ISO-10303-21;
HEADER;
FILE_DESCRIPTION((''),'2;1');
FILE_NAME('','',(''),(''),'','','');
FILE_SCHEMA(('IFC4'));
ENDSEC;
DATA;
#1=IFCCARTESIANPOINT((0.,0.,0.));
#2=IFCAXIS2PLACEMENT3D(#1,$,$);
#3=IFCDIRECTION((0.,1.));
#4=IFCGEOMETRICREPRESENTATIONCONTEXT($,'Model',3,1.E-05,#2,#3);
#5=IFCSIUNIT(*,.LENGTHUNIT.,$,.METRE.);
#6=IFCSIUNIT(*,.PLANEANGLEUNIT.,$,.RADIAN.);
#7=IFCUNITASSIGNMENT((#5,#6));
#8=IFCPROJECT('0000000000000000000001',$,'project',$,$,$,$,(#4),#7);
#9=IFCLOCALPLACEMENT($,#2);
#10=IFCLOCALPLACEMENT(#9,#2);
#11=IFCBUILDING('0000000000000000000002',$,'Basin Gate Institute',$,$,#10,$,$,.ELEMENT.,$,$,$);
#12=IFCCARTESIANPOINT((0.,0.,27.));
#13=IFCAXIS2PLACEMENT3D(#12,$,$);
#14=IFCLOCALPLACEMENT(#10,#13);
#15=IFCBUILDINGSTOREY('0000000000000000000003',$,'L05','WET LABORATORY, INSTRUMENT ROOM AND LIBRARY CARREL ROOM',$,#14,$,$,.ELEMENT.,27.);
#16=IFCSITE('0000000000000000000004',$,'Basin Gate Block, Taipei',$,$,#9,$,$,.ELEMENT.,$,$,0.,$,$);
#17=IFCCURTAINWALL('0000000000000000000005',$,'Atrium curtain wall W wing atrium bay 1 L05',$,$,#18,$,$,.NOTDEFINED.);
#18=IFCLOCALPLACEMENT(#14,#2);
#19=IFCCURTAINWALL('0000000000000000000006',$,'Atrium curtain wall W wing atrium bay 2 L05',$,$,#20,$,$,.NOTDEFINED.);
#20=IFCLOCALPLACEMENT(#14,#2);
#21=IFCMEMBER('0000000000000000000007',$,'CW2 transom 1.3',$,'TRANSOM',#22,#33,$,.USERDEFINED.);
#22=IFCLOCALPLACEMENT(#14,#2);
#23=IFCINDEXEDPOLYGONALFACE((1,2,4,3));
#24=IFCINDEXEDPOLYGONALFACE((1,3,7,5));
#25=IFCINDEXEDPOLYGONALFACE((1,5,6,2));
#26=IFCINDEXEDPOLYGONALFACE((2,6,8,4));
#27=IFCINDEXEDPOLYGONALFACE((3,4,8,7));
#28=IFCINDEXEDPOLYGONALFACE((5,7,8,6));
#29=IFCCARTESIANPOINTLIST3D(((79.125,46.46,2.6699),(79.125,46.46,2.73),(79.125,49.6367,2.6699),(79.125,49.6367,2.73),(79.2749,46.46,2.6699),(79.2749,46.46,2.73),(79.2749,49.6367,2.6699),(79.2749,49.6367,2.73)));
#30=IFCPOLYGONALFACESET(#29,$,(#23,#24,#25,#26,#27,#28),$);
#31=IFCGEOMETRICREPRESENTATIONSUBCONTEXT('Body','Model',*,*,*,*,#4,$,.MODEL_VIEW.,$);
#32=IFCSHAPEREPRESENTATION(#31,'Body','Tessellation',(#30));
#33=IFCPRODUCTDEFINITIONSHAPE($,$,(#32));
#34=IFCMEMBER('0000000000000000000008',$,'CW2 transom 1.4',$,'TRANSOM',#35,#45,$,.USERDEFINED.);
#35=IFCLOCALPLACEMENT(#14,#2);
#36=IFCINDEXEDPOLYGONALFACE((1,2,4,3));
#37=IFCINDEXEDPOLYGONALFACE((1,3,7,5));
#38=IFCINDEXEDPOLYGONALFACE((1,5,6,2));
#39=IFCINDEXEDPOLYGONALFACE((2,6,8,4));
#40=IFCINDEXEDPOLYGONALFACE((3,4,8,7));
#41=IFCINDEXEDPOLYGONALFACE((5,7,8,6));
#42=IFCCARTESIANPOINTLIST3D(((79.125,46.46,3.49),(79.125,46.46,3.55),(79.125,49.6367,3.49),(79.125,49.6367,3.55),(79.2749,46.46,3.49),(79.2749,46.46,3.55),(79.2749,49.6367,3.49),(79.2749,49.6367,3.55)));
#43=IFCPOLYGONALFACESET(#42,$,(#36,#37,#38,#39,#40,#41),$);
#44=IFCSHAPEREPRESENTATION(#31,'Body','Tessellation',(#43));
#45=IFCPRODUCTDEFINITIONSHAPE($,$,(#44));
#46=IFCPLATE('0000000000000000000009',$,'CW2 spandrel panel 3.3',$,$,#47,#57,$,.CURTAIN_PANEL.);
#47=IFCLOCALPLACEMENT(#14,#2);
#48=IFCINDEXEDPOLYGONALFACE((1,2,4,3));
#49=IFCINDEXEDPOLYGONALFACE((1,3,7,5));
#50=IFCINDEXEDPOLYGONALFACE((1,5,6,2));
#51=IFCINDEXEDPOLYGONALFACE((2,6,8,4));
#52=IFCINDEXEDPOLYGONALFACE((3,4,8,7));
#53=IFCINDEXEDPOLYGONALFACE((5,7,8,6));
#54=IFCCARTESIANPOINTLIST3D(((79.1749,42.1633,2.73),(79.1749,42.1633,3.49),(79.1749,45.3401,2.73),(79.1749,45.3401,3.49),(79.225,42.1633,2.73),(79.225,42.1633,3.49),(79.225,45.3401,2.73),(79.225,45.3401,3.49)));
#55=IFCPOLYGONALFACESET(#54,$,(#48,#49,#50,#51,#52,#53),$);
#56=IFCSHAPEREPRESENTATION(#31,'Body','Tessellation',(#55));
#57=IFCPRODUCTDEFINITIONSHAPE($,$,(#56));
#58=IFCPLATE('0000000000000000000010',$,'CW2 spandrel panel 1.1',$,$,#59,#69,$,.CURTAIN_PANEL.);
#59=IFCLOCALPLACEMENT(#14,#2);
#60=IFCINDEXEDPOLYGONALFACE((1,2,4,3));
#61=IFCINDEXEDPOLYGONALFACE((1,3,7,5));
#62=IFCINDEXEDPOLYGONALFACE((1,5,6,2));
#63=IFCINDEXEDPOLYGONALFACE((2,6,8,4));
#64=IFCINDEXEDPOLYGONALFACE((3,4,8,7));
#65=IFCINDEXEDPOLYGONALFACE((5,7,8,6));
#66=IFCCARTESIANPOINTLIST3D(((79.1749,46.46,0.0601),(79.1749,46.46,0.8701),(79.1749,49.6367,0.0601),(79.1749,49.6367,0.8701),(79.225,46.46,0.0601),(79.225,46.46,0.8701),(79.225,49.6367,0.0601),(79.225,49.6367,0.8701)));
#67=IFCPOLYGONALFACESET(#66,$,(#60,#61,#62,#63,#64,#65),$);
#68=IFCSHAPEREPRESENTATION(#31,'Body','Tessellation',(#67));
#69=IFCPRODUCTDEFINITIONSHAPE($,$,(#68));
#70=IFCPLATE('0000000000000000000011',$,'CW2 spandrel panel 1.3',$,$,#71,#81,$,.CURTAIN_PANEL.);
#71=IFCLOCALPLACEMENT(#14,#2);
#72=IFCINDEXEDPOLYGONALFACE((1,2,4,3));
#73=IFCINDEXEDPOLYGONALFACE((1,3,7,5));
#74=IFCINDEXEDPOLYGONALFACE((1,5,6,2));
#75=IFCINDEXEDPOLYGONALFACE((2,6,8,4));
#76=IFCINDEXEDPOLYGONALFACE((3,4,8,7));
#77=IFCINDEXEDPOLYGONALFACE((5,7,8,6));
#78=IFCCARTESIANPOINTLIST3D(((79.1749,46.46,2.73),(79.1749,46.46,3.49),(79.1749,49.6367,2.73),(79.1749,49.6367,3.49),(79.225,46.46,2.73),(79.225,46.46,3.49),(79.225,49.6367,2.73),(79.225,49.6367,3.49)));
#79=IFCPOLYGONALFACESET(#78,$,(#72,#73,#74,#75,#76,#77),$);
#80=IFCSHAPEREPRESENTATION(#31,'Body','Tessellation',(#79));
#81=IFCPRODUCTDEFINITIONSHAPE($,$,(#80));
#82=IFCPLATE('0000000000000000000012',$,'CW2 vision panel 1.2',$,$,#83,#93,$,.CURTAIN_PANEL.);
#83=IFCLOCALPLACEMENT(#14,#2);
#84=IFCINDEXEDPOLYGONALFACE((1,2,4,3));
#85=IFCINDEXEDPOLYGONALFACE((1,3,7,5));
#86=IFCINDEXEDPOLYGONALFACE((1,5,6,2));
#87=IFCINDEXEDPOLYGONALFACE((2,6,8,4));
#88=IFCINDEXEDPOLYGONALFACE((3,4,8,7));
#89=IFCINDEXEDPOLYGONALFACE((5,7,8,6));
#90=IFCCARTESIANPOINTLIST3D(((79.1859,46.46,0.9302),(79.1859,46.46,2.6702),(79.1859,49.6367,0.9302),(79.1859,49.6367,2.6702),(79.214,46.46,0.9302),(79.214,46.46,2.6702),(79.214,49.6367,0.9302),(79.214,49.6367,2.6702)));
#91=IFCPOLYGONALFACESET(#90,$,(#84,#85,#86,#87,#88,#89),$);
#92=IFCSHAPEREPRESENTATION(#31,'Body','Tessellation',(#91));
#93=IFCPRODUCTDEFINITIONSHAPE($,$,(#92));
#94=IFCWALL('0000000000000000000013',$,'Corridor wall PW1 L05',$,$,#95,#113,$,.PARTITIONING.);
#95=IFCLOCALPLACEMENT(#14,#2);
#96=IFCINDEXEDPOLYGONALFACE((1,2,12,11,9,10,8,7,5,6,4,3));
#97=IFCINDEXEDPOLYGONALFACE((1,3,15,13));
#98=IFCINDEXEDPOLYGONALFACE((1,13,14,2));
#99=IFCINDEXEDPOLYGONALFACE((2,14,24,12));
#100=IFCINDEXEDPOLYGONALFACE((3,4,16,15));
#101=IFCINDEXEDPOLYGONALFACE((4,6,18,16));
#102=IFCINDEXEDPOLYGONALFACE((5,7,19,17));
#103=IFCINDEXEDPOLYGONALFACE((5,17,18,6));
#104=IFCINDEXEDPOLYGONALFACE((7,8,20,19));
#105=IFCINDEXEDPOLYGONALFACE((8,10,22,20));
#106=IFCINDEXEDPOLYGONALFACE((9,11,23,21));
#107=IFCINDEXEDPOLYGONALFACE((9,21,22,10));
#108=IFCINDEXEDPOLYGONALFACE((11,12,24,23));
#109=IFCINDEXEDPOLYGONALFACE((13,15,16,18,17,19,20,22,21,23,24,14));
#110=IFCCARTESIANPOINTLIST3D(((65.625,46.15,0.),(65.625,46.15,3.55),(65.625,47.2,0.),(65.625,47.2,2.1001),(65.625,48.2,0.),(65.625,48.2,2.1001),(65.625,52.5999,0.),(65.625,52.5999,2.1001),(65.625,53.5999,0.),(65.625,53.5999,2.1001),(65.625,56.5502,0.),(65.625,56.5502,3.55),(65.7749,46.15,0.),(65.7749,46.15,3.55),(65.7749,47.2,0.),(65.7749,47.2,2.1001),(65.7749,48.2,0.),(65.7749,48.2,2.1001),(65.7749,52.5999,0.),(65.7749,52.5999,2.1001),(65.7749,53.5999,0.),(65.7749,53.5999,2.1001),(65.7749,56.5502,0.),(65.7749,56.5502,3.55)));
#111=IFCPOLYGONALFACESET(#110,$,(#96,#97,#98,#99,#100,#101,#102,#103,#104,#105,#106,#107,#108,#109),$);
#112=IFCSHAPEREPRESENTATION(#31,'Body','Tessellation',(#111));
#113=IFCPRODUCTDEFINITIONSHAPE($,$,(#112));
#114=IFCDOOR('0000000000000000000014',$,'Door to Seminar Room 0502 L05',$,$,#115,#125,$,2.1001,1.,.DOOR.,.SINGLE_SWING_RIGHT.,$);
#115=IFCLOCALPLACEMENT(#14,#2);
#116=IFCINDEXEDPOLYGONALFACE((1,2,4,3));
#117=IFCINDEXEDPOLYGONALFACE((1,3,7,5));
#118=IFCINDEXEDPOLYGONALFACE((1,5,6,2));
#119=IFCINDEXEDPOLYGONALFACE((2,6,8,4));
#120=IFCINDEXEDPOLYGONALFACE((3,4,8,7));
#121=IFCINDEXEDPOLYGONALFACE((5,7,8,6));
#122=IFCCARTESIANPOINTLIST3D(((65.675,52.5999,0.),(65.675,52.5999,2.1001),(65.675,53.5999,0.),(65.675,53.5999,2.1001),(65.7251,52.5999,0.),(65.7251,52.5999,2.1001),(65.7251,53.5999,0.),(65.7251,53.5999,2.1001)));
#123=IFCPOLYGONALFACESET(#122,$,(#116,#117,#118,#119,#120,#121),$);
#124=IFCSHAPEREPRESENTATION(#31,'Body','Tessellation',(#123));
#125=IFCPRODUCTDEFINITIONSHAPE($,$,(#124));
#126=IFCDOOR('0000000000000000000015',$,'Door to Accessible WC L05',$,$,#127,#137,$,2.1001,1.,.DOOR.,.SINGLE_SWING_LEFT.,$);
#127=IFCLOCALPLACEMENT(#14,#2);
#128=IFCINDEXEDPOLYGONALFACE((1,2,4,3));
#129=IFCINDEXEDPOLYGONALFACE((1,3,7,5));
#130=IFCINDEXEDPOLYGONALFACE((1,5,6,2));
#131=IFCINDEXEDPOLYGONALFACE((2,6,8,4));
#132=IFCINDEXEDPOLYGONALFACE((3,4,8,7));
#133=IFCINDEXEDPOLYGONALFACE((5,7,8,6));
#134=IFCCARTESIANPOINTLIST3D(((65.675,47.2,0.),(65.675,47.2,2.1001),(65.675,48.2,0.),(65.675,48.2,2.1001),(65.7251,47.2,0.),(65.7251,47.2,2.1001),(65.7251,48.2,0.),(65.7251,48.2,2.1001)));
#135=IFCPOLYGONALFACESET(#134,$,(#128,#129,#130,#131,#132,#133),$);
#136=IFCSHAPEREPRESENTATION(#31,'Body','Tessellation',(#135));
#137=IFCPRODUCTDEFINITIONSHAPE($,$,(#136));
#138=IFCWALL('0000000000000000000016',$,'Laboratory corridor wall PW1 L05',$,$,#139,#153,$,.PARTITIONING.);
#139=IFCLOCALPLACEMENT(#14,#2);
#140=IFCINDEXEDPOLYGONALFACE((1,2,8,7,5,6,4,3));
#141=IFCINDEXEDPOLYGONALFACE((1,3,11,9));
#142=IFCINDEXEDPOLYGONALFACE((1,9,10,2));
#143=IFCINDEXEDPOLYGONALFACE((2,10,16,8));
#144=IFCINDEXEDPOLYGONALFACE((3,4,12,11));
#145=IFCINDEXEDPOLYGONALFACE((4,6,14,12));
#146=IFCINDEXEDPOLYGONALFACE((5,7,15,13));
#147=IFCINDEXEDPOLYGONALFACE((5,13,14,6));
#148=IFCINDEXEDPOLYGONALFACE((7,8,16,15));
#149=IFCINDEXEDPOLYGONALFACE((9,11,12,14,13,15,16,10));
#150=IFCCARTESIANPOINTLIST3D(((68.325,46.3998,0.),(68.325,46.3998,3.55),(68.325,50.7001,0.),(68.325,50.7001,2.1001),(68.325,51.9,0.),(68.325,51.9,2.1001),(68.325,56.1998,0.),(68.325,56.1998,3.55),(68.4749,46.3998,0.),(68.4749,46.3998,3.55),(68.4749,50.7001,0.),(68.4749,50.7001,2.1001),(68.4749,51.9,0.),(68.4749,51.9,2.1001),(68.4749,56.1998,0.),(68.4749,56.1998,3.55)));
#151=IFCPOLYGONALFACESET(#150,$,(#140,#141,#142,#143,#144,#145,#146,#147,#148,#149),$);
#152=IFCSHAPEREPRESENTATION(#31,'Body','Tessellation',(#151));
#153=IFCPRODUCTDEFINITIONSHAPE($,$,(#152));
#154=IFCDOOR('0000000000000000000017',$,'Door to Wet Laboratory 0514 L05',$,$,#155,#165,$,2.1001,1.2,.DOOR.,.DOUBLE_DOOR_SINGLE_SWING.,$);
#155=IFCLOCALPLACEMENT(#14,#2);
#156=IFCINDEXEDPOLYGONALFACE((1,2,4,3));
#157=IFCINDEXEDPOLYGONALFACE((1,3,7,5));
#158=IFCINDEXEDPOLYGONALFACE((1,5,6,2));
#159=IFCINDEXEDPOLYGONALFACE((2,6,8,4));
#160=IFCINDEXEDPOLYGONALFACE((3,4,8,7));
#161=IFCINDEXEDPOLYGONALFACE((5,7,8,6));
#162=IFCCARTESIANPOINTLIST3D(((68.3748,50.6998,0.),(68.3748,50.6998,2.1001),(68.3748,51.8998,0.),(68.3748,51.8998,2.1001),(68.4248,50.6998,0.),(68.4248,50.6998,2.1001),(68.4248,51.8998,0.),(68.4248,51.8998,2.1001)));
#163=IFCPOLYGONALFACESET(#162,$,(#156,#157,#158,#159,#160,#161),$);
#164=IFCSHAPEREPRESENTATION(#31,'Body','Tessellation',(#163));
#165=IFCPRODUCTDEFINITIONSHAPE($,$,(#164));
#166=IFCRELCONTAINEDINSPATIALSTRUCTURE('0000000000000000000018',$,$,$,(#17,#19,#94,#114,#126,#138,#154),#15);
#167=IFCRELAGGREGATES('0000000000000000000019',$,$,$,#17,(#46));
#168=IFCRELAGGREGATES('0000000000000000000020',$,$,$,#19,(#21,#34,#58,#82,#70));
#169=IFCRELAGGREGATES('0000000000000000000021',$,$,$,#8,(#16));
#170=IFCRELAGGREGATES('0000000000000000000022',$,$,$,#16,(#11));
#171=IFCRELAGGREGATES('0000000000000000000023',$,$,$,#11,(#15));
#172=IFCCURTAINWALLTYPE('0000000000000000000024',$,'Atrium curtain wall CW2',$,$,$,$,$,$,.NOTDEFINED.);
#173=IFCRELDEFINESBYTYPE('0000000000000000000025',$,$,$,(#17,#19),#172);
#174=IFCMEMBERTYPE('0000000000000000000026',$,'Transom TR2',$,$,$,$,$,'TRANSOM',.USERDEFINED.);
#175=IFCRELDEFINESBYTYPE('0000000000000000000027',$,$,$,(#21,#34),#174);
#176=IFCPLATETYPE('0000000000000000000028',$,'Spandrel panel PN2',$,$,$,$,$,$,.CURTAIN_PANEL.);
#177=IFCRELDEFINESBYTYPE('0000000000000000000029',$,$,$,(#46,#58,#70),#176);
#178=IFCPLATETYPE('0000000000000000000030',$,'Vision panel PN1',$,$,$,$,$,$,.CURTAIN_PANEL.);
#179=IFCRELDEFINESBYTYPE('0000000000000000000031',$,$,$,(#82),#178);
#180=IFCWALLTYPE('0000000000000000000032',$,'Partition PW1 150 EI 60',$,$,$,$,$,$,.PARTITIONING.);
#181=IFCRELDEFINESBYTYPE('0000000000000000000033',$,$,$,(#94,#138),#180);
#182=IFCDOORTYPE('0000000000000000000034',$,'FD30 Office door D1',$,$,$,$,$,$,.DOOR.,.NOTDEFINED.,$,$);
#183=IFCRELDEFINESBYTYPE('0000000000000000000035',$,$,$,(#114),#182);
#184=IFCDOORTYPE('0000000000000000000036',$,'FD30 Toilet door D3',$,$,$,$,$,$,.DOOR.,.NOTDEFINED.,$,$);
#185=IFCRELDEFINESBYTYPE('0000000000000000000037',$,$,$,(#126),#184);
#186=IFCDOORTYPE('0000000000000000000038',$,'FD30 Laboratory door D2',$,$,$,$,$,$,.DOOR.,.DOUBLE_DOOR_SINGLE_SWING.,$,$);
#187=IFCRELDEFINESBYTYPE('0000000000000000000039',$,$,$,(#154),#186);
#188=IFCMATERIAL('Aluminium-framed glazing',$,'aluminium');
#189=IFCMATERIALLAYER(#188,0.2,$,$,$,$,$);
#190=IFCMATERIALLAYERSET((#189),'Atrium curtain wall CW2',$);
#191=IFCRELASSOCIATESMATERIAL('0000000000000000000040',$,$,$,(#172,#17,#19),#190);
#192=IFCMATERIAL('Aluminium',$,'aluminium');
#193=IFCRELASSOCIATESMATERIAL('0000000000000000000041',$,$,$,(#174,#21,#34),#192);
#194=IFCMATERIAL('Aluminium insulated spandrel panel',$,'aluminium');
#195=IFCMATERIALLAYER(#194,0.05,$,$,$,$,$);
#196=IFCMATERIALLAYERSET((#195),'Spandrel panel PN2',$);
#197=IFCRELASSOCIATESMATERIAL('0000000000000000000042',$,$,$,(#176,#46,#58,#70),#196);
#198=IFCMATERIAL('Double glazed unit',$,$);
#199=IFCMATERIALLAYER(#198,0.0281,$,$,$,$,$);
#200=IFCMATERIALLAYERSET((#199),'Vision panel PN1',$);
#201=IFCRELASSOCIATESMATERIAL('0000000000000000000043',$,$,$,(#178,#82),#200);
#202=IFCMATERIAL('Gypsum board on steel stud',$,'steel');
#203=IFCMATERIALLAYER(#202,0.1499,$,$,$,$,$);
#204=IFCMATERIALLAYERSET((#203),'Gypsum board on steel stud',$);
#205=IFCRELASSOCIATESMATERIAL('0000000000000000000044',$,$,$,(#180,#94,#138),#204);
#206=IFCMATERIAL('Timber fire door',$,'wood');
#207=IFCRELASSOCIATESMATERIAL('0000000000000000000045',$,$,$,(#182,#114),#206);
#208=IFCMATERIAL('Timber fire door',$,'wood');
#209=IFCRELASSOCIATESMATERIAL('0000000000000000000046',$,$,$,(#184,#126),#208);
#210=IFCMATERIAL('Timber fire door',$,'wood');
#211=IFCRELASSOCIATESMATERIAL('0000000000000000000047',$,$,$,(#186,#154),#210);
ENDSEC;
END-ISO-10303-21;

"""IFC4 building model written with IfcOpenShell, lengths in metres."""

from ifc_helpers import new_model, si_unit, direction, frame, frame_2d, origin, origin_2d, place, context, subcontext, project, spatial, rectangle, extrude, material, layer, layer_set, material_profile, profile_set, type_object, element, fill, aggregate, save


model = new_model("IFC4")

# Units and contexts
model_context = context("Model", 3, precision=1e-05, world=origin(), true_north=direction((0.0, 1.0)))
body_context = subcontext(model_context, "Body", "Model", "MODEL_VIEW")
ifc_project = project(units=[si_unit("LENGTHUNIT", "METRE"), si_unit("PLANEANGLEUNIT", "RADIAN")], contexts=[model_context])

# Site, building, storey
site_placement = place(None, origin())
site = spatial("IfcSite", under=ifc_project, at=site_placement, Name="Basin Gate Block, Taipei", CompositionType="ELEMENT", RefElevation=0.0)
building_placement = place(site_placement, origin())
building = spatial("IfcBuilding", under=site, at=building_placement, Name="Basin Gate Institute", CompositionType="ELEMENT")
storey_placement = place(building_placement, frame((0.0, 0.0, 27.0)))
storey = spatial("IfcBuildingStorey", under=building, at=storey_placement, Name="L05", Description="WET LABORATORY, INSTRUMENT ROOM AND LIBRARY CARREL ROOM", CompositionType="ELEMENT", Elevation=27.0)

# Curtain wall
ifc_material_1 = material(Name="Aluminium-framed glazing", Category="aluminium")
ifc_layer_1 = layer(ifc_material_1, 0.2)
ifc_layer_set_1 = layer_set([ifc_layer_1], Name="Atrium curtain wall CW2")
curtain_wall_type = type_object("IfcCurtainWallType", Name="Atrium curtain wall CW2", PredefinedType="NOTDEFINED", material=ifc_layer_set_1)
curtain_wall_1_placement = place(storey_placement, origin())
curtain_wall_1 = element("IfcCurtainWall", 1, at=curtain_wall_1_placement, inside=storey, type_object=curtain_wall_type, material=ifc_layer_set_1, Name="Atrium curtain wall W wing atrium bay 1 L05", PredefinedType="NOTDEFINED")

# Curtain wall
curtain_wall_2_placement = place(storey_placement, origin())
curtain_wall_2 = element("IfcCurtainWall", 2, at=curtain_wall_2_placement, inside=storey, type_object=curtain_wall_type, material=ifc_layer_set_1, Name="Atrium curtain wall W wing atrium bay 2 L05", PredefinedType="NOTDEFINED")

# Members
ifc_material_2 = material(Name="Aluminium", Category="aluminium")
ifc_material_profile_1 = material_profile(ifc_material_2, rectangle(XDim=0.1499, YDim=0.0601, at=origin_2d()), Name="Transom TR2 150 x 60")
ifc_profile_set_1 = profile_set([ifc_material_profile_1], Name="Aluminium")
member_type_1 = type_object("IfcMemberType", Name="Transom TR2", ElementType="TRANSOM", PredefinedType="USERDEFINED", material=ifc_profile_set_1)
member_1_placement = place(storey_placement, frame((79.2, 46.46, 2.7), z_axis=(0.0, 1.0, 0.0), x_axis=(-1.0, 0.0, 0.0)))
member_1 = element("IfcMember", 3, at=member_1_placement, type_object=member_type_1, material=ifc_profile_set_1, Name="CW2 transom 1.3", ObjectType="TRANSOM", PredefinedType="USERDEFINED", context=body_context, shape_type="SweptSolid", body=[
    extrude(rectangle(XDim=0.1499, YDim=0.0601, at=origin_2d()), origin(), (0.0, 0.0, 1.0), 3.1768),
])
member_2_placement = place(storey_placement, frame((79.2, 46.46, 3.52), z_axis=(0.0, 1.0, 0.0), x_axis=(-1.0, 0.0, 0.0)))
member_2 = element("IfcMember", 4, at=member_2_placement, type_object=member_type_1, material=ifc_profile_set_1, Name="CW2 transom 1.4", ObjectType="TRANSOM", PredefinedType="USERDEFINED", context=body_context, shape_type="SweptSolid", body=[
    extrude(rectangle(XDim=0.1499, YDim=0.0601, at=origin_2d()), origin(), (0.0, 0.0, 1.0), 3.1768),
])

# Plates
ifc_material_3 = material(Name="Aluminium insulated spandrel panel", Category="aluminium")
ifc_layer_2 = layer(ifc_material_3, 0.05)
ifc_layer_set_2 = layer_set([ifc_layer_2], Name="Spandrel panel PN2")
plate_type_1 = type_object("IfcPlateType", Name="Spandrel panel PN2", PredefinedType="CURTAIN_PANEL", material=ifc_layer_set_2)
plate_1_placement = place(storey_placement, frame((79.2, 43.7517, 2.73), z_axis=(0.0, 0.0, 1.0), x_axis=(0.0, 1.0, 0.0)))
plate_1 = element("IfcPlate", 5, at=plate_1_placement, type_object=plate_type_1, material=ifc_layer_set_2, Name="CW2 spandrel panel 3.3", PredefinedType="CURTAIN_PANEL", context=body_context, shape_type="SweptSolid", body=[
    extrude(rectangle(XDim=3.1768, YDim=0.05, at=origin_2d()), origin(), (0.0, 0.0, 1.0), 0.76),
])
aggregate(curtain_wall_1, [plate_1])
plate_2_placement = place(storey_placement, frame((79.2, 48.0483, 0.0601), z_axis=(0.0, 0.0, 1.0), x_axis=(0.0, 1.0, 0.0)))
plate_2 = element("IfcPlate", 6, at=plate_2_placement, type_object=plate_type_1, material=ifc_layer_set_2, Name="CW2 spandrel panel 1.1", PredefinedType="CURTAIN_PANEL", context=body_context, shape_type="SweptSolid", body=[
    extrude(rectangle(XDim=3.1768, YDim=0.05, at=origin_2d()), origin(), (0.0, 0.0, 1.0), 0.8101),
])
plate_3_placement = place(storey_placement, frame((79.2, 48.0483, 2.73), z_axis=(0.0, 0.0, 1.0), x_axis=(0.0, 1.0, 0.0)))
plate_3 = element("IfcPlate", 7, at=plate_3_placement, type_object=plate_type_1, material=ifc_layer_set_2, Name="CW2 spandrel panel 1.3", PredefinedType="CURTAIN_PANEL", context=body_context, shape_type="SweptSolid", body=[
    extrude(rectangle(XDim=3.1768, YDim=0.05, at=origin_2d()), origin(), (0.0, 0.0, 1.0), 0.76),
])
ifc_material_4 = material(Name="Double glazed unit")
ifc_layer_3 = layer(ifc_material_4, 0.0281)
ifc_layer_set_3 = layer_set([ifc_layer_3], Name="Vision panel PN1")
plate_type_2 = type_object("IfcPlateType", Name="Vision panel PN1", PredefinedType="CURTAIN_PANEL", material=ifc_layer_set_3)
plate_4_placement = place(storey_placement, frame((79.2, 48.0483, 0.9302), z_axis=(0.0, 0.0, 1.0), x_axis=(0.0, 1.0, 0.0)))
plate_4 = element("IfcPlate", 8, at=plate_4_placement, type_object=plate_type_2, material=ifc_layer_set_3, Name="CW2 vision panel 1.2", PredefinedType="CURTAIN_PANEL", context=body_context, shape_type="SweptSolid", body=[
    extrude(rectangle(XDim=3.1768, YDim=0.0281, at=origin_2d()), origin(), (0.0, 0.0, 1.0), 1.74),
])
aggregate(curtain_wall_2, [member_1, member_2, plate_2, plate_4, plate_3])

# Wall, openings, doors
ifc_material_5 = material(Name="Gypsum board on steel stud", Category="steel")
ifc_layer_4 = layer(ifc_material_5, 0.1499)
ifc_layer_set_4 = layer_set([ifc_layer_4], Name="Gypsum board on steel stud")
wall_type = type_object("IfcWallType", Name="Partition PW1 150 EI 60", PredefinedType="PARTITIONING", material=ifc_layer_set_4)
wall_1_placement = place(storey_placement, frame((65.7, 46.1499, 0.0), z_axis=(0.0, 0.0, 1.0), x_axis=(0.0, 1.0, 0.0)))
wall_1 = element("IfcWall", 9, at=wall_1_placement, inside=storey, type_object=wall_type, material=ifc_layer_set_4, Name="Corridor wall PW1 L05", PredefinedType="PARTITIONING", context=body_context, shape_type="SweptSolid", body=[
    extrude(rectangle(XDim=10.4001, YDim=0.1499, at=frame_2d((5.2002, 0.0))), origin(), (0.0, 0.0, 1.0), 3.55),
])
opening_1_placement = place(wall_1_placement, frame((1.05, 0.0, 0.0)))
opening_1 = element("IfcOpeningElement", 10, at=opening_1_placement, cuts=wall_1, PredefinedType="OPENING", context=body_context, shape_type="SweptSolid", body=[
    extrude(rectangle(XDim=1.0, YDim=2.1001, at=frame_2d((0.5, 1.05))), frame((0.0, 0.085, 0.0), z_axis=(0.0, -1.0, 0.0), x_axis=(1.0, 0.0, 0.0)), (0.0, 0.0, 1.0), 0.1699),
])
opening_2_placement = place(wall_1_placement, frame((6.45, 0.0, 0.0)))
opening_2 = element("IfcOpeningElement", 11, at=opening_2_placement, cuts=wall_1, PredefinedType="OPENING", context=body_context, shape_type="SweptSolid", body=[
    extrude(rectangle(XDim=1.0, YDim=2.1001, at=frame_2d((0.5, 1.05))), frame((0.0, 0.085, 0.0), z_axis=(0.0, -1.0, 0.0), x_axis=(1.0, 0.0, 0.0)), (0.0, 0.0, 1.0), 0.1699),
])
ifc_material_6 = material(Name="Timber fire door", Category="wood")
door_type_1 = type_object("IfcDoorType", Name="FD30 Office door D1", OperationType="NOTDEFINED", PredefinedType="DOOR", material=ifc_material_6)
door_1_placement = place(opening_2_placement, origin())
door_1 = element("IfcDoor", 12, at=door_1_placement, inside=storey, type_object=door_type_1, material=ifc_material_6, Name="Door to Seminar Room 0502 L05", OperationType="SINGLE_SWING_RIGHT", OverallHeight=2.1001, OverallWidth=1.0, PredefinedType="DOOR", context=body_context, shape_type="SweptSolid", body=[
    extrude(rectangle(XDim=1.0, YDim=2.1001, at=frame_2d((0.5, 1.05))), frame((0.0, 0.0249, 0.0), z_axis=(0.0, -1.0, 0.0), x_axis=(1.0, 0.0, 0.0)), (0.0, 0.0, 1.0), 0.05),
])
fill(opening_2, door_1)
ifc_material_7 = material(Name="Timber fire door", Category="wood")
door_type_2 = type_object("IfcDoorType", Name="FD30 Toilet door D3", OperationType="NOTDEFINED", PredefinedType="DOOR", material=ifc_material_7)
door_2_placement = place(opening_1_placement, origin())
door_2 = element("IfcDoor", 13, at=door_2_placement, inside=storey, type_object=door_type_2, material=ifc_material_7, Name="Door to Accessible WC L05", OperationType="SINGLE_SWING_LEFT", OverallHeight=2.1001, OverallWidth=1.0, PredefinedType="DOOR", context=body_context, shape_type="SweptSolid", body=[
    extrude(rectangle(XDim=1.0, YDim=2.1001, at=frame_2d((0.5, 1.05))), frame((0.0, 0.0249, 0.0), z_axis=(0.0, -1.0, 0.0), x_axis=(1.0, 0.0, 0.0)), (0.0, 0.0, 1.0), 0.05),
])
fill(opening_1, door_2)

# Wall, opening, door
wall_2_placement = place(storey_placement, frame((68.3999, 46.3999, 0.0), z_axis=(0.0, 0.0, 1.0), x_axis=(0.0, 1.0, 0.0)))
wall_2 = element("IfcWall", 14, at=wall_2_placement, inside=storey, type_object=wall_type, material=ifc_layer_set_4, Name="Laboratory corridor wall PW1 L05", PredefinedType="PARTITIONING", context=body_context, shape_type="SweptSolid", body=[
    extrude(rectangle(XDim=9.8, YDim=0.1499, at=frame_2d((4.8999, 0.0))), origin(), (0.0, 0.0, 1.0), 3.55),
])
opening_3_placement = place(wall_2_placement, frame((4.3, 0.0, 0.0)))
opening_3 = element("IfcOpeningElement", 15, at=opening_3_placement, cuts=wall_2, PredefinedType="OPENING", context=body_context, shape_type="SweptSolid", body=[
    extrude(rectangle(XDim=1.2, YDim=2.1001, at=frame_2d((0.6001, 1.05))), frame((0.0, 0.085, 0.0), z_axis=(0.0, -1.0, 0.0), x_axis=(1.0, 0.0, 0.0)), (0.0, 0.0, 1.0), 0.1699),
])
ifc_material_8 = material(Name="Timber fire door", Category="wood")
door_type_3 = type_object("IfcDoorType", Name="FD30 Laboratory door D2", OperationType="DOUBLE_DOOR_SINGLE_SWING", PredefinedType="DOOR", material=ifc_material_8)
door_3_placement = place(opening_3_placement, frame((1.2, 0.0, 0.0), z_axis=(0.0, 0.0, 1.0), x_axis=(-1.0, 0.0, 0.0)))
door_3 = element("IfcDoor", 16, at=door_3_placement, inside=storey, type_object=door_type_3, material=ifc_material_8, Name="Door to Wet Laboratory 0514 L05", OperationType="DOUBLE_DOOR_SINGLE_SWING", OverallHeight=2.1001, OverallWidth=1.2, PredefinedType="DOOR", context=body_context, shape_type="SweptSolid", body=[
    extrude(rectangle(XDim=1.2, YDim=2.1001, at=frame_2d((0.6001, 1.05))), frame((0.0, 0.0249, 0.0), z_axis=(0.0, -1.0, 0.0), x_axis=(1.0, 0.0, 0.0)), (0.0, 0.0, 1.0), 0.05),
])
fill(opening_3, door_3)

save(model, "model.ifc")
